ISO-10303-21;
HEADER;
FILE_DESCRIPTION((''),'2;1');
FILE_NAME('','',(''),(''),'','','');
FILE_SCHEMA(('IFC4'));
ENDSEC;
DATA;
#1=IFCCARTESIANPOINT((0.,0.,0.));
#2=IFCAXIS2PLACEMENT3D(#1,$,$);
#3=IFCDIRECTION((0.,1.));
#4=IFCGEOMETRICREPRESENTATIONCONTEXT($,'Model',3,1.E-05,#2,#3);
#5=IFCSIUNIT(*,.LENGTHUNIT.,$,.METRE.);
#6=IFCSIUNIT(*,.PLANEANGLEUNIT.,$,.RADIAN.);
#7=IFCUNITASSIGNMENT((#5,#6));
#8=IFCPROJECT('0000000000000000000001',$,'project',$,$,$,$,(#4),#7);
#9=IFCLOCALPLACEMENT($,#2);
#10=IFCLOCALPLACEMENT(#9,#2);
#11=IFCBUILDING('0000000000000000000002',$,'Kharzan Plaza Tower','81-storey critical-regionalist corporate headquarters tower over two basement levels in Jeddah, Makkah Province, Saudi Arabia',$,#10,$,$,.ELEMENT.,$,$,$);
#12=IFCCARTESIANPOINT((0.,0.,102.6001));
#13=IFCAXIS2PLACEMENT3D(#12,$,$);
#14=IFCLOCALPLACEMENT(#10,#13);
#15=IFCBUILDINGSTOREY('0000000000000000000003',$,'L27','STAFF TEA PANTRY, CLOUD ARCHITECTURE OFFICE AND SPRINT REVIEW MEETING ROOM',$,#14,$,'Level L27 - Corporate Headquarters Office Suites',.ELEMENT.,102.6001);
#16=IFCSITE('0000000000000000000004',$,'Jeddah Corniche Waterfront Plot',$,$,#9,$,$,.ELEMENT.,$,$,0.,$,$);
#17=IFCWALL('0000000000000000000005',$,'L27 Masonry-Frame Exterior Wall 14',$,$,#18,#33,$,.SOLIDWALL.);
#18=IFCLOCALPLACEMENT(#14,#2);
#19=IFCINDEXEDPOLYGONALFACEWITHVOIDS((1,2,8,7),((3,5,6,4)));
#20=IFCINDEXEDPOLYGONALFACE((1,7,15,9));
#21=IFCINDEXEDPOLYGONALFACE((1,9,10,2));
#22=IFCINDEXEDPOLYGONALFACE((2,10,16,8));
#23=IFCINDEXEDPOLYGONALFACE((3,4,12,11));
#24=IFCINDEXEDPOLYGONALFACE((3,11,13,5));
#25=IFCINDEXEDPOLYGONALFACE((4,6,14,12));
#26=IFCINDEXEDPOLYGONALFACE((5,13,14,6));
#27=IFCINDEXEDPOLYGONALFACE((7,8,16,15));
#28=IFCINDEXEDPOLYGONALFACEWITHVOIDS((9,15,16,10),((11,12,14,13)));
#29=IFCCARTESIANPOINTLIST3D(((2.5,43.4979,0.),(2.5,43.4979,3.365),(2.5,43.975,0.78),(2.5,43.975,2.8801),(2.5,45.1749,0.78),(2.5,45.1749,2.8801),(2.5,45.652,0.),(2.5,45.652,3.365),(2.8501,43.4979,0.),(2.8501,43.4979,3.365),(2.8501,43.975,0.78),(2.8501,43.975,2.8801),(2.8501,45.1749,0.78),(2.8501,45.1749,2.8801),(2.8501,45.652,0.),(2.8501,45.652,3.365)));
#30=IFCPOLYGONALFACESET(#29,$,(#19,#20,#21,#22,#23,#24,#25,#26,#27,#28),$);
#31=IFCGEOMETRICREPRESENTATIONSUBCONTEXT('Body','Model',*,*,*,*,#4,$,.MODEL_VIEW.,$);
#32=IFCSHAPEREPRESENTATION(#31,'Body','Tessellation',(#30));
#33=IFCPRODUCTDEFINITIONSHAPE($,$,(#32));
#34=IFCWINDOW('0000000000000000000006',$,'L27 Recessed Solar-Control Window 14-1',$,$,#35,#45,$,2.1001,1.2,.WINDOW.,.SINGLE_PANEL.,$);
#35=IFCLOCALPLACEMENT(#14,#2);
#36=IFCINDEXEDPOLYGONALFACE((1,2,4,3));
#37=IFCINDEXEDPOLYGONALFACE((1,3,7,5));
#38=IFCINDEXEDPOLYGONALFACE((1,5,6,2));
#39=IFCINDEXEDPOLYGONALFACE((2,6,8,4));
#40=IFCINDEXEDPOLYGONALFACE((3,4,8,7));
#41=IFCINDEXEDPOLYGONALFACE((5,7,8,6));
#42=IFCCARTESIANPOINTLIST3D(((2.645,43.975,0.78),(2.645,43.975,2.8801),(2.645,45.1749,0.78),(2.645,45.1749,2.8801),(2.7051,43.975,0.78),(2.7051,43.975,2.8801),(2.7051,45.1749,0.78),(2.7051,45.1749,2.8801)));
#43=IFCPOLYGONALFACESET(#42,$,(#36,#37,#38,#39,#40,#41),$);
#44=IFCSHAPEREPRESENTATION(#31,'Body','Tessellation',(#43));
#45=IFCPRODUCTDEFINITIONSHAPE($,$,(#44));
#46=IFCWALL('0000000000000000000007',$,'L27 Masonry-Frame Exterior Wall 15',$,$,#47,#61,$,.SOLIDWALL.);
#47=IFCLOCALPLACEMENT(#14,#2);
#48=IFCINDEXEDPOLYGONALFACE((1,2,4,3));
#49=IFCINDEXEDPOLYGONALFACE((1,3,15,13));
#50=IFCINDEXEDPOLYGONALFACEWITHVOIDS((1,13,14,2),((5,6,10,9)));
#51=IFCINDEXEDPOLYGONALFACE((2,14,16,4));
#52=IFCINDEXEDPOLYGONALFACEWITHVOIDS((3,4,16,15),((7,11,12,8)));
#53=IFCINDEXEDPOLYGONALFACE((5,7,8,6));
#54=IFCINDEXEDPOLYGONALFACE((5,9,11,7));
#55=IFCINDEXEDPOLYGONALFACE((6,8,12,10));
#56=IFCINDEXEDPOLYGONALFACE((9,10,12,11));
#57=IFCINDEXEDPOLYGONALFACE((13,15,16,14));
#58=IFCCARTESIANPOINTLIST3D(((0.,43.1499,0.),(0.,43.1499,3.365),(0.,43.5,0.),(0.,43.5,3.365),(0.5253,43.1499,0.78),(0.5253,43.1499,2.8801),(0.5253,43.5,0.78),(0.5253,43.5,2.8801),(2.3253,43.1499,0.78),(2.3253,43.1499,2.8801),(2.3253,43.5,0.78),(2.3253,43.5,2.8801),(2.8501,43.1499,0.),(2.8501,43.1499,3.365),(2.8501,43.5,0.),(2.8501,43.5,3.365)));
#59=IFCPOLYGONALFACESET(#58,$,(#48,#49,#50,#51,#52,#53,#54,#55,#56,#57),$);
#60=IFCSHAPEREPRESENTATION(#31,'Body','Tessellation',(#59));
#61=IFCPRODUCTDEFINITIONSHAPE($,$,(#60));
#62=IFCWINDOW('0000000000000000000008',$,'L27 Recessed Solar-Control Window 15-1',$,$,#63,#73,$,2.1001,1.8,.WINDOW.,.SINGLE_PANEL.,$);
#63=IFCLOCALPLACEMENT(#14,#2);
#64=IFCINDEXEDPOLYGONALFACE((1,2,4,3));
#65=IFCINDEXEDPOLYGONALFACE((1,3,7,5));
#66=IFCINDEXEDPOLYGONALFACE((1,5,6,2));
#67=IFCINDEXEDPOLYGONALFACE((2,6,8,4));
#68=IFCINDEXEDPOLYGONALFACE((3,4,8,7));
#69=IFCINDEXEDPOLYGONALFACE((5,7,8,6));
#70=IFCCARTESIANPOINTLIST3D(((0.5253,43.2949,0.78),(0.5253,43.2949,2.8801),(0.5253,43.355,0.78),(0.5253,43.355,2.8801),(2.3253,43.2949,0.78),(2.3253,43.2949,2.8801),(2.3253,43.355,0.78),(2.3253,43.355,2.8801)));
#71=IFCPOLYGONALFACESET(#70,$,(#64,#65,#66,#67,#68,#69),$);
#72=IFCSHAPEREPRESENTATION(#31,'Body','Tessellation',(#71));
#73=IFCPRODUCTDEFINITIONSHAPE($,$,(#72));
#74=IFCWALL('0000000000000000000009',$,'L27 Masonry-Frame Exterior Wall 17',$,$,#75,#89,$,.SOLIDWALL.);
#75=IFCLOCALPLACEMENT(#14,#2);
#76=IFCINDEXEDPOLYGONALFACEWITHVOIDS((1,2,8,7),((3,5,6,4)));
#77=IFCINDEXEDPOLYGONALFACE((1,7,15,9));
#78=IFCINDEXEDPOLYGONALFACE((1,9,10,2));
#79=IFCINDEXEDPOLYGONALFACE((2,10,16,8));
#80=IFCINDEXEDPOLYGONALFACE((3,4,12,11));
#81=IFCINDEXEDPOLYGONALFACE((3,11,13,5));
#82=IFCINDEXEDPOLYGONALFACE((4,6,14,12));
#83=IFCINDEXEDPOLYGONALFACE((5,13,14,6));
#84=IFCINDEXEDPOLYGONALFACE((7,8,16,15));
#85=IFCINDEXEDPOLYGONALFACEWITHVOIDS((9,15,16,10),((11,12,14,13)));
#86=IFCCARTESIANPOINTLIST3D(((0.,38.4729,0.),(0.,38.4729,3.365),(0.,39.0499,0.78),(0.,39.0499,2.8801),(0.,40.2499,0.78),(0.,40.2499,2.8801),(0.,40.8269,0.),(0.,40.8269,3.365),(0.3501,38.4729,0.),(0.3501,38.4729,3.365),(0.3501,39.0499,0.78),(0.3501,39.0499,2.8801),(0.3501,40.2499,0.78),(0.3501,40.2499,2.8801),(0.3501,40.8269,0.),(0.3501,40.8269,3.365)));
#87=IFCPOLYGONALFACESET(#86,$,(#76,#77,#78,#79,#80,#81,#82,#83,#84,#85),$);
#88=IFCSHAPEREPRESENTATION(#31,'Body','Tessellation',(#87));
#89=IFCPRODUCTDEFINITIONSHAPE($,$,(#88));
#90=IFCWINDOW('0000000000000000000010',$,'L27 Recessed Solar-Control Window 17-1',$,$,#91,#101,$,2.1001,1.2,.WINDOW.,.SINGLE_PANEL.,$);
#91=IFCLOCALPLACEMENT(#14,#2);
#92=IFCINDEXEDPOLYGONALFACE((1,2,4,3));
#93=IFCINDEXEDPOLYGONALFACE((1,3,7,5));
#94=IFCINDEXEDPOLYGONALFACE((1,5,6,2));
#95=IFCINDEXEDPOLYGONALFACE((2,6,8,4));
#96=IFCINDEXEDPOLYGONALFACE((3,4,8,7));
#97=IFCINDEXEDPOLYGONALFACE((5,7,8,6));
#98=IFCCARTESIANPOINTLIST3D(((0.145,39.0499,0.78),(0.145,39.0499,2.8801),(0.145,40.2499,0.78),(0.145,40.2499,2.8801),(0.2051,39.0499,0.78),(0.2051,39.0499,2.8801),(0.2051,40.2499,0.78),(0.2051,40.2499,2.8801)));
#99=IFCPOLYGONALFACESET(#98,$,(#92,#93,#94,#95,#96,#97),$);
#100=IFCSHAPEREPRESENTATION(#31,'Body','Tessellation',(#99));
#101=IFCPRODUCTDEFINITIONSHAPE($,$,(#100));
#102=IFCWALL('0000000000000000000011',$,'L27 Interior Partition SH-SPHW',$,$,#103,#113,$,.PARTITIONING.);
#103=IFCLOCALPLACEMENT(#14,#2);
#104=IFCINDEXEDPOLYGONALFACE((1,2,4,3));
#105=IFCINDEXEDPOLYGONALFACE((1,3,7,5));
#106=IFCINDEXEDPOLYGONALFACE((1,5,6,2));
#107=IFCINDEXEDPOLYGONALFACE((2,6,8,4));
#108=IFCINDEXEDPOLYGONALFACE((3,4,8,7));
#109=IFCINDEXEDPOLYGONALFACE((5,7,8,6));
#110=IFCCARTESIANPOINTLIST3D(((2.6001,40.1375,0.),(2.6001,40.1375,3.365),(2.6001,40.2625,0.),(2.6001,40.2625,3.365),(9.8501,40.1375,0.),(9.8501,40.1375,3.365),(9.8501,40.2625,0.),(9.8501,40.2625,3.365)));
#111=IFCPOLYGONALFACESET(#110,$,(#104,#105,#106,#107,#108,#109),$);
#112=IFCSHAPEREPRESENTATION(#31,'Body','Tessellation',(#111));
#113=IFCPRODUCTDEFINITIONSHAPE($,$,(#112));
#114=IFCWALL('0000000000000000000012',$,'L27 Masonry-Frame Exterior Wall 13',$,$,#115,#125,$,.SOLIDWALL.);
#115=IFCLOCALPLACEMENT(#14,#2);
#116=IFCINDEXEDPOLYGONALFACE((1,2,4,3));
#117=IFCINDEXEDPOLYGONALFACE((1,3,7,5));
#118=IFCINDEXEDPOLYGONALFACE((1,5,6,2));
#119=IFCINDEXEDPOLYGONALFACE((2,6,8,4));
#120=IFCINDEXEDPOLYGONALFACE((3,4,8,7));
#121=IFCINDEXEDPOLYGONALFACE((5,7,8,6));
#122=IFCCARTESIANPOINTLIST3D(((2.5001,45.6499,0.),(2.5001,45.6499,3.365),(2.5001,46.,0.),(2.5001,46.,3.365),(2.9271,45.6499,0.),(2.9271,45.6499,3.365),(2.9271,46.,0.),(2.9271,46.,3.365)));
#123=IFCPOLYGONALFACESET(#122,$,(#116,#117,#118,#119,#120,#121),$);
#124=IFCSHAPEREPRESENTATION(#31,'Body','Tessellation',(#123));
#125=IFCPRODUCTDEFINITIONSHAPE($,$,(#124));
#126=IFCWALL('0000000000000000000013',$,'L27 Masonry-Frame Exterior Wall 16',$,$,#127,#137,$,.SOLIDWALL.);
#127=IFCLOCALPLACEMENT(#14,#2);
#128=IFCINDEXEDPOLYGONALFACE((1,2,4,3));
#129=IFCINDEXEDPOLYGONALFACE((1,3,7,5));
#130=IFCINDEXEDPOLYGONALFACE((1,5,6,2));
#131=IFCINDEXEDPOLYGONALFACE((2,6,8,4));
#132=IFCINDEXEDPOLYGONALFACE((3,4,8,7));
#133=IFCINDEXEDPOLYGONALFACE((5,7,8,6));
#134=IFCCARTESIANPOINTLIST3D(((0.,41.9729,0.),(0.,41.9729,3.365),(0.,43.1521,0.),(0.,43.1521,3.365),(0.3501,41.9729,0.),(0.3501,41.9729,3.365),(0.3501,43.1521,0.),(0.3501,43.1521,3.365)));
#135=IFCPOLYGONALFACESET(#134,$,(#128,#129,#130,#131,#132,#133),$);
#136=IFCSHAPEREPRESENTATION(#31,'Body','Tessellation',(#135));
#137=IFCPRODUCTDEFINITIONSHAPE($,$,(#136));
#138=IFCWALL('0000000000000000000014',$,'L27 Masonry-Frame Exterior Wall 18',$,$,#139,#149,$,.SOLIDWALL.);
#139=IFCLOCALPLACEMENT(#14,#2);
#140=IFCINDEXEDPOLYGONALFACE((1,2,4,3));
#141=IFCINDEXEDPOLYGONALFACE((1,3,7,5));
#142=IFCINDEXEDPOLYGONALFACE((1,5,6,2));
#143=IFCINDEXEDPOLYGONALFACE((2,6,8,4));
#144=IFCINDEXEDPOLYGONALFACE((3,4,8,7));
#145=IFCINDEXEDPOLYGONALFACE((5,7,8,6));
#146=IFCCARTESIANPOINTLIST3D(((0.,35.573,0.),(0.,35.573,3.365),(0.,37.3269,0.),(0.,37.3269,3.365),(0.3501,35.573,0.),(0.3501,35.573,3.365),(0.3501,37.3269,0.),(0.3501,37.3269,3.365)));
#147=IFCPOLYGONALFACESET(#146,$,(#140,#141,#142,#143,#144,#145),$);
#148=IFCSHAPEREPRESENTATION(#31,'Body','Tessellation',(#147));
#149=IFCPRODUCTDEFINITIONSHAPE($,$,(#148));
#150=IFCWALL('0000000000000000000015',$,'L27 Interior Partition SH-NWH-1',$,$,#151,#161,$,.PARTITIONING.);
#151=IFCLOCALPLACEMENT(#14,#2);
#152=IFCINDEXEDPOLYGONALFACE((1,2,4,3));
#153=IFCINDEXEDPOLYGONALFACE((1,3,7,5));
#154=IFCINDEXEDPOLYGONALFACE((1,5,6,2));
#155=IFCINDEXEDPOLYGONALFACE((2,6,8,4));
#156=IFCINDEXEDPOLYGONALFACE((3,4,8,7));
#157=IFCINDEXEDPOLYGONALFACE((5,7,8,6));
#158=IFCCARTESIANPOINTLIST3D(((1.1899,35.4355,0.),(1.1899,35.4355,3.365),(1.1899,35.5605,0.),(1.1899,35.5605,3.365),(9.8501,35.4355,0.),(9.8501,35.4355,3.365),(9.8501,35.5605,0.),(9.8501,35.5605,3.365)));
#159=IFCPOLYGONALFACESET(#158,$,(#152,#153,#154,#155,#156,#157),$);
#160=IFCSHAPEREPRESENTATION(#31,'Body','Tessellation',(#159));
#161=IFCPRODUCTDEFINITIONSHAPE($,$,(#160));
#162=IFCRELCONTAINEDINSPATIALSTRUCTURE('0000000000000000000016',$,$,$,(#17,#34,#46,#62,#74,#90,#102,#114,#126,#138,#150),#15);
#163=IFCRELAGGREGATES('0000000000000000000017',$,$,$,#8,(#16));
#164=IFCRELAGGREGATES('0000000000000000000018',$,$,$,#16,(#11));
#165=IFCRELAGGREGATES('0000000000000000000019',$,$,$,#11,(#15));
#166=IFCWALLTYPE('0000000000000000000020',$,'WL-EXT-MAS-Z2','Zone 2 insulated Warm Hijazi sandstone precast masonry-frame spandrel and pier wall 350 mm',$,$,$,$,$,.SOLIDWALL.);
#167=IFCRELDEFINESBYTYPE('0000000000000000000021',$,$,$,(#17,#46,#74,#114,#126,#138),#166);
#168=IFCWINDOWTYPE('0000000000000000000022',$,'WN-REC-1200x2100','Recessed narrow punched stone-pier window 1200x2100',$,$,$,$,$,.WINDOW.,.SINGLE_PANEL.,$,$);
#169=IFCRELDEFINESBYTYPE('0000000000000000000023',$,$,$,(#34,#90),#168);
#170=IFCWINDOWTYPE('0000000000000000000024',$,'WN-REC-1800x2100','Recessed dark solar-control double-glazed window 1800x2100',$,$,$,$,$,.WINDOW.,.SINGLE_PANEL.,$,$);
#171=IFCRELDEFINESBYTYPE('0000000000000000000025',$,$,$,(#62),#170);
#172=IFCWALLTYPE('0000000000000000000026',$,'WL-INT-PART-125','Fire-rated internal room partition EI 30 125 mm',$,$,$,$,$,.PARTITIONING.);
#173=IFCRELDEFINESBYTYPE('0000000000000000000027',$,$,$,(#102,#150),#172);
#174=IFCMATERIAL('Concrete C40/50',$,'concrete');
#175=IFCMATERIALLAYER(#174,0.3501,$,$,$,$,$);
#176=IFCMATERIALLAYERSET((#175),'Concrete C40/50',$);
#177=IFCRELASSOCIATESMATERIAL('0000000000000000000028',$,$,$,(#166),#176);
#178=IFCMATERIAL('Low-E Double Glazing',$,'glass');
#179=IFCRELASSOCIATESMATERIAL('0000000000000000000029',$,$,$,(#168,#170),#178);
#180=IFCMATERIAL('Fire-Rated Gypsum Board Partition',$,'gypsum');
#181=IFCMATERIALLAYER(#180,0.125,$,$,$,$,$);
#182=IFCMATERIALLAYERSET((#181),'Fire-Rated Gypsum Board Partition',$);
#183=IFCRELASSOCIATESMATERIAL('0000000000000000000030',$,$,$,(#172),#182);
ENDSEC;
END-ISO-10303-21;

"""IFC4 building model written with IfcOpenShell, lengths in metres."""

from ifc_helpers import new_model, si_unit, direction, frame, frame_2d, origin, place, context, subcontext, project, spatial, rectangle, extrude, source, transform, mapped, material, layer, layer_set, type_object, element, fill, save


model = new_model("IFC4")

# Units and contexts
model_context = context("Model", 3, precision=1e-05, world=origin(), true_north=direction((0.0, 1.0)))
body_context = subcontext(model_context, "Body", "Model", "MODEL_VIEW")
ifc_project = project(units=[si_unit("LENGTHUNIT", "METRE"), si_unit("PLANEANGLEUNIT", "RADIAN")], contexts=[model_context])

# Site, building, storey
site_placement = place(None, origin())
site = spatial("IfcSite", under=ifc_project, at=site_placement, Name="Jeddah Corniche Waterfront Plot", CompositionType="ELEMENT", RefElevation=0.0)
building_placement = place(site_placement, origin())
building = spatial("IfcBuilding", under=site, at=building_placement, Name="Kharzan Plaza Tower", Description="81-storey critical-regionalist corporate headquarters tower over two basement levels in Jeddah, Makkah Province, Saudi Arabia", CompositionType="ELEMENT")
storey_placement = place(building_placement, frame((0.0, 0.0, 102.6001)))
storey = spatial("IfcBuildingStorey", under=building, at=storey_placement, Name="L27", Description="STAFF TEA PANTRY, CLOUD ARCHITECTURE OFFICE AND SPRINT REVIEW MEETING ROOM", LongName="Level L27 - Corporate Headquarters Office Suites", CompositionType="ELEMENT", Elevation=102.6001)

# Walls, openings, windows
ifc_material_1 = material(Name="Concrete C40/50", Category="concrete")
ifc_layer_1 = layer(ifc_material_1, 0.3501)
ifc_layer_set_1 = layer_set([ifc_layer_1], Name="Concrete C40/50")
wall_type_1 = type_object("IfcWallType", Name="WL-EXT-MAS-Z2", Description="Zone 2 insulated Warm Hijazi sandstone precast masonry-frame spandrel and pier wall 350 mm", PredefinedType="SOLIDWALL", material=ifc_layer_set_1)
wall_1_placement = place(storey_placement, frame((2.675, 45.6521, 0.0), z_axis=(0.0, 0.0, 1.0), x_axis=(0.0, -1.0, 0.0)))
wall_1 = element("IfcWall", 1, at=wall_1_placement, inside=storey, type_object=wall_type_1, Name="L27 Masonry-Frame Exterior Wall 14", PredefinedType="SOLIDWALL", context=body_context, shape_type="SweptSolid", body=[
    extrude(rectangle(XDim=2.1541, YDim=0.3501, at=frame_2d((1.0771, 0.0))), origin(), (0.0, 0.0, 1.0), 3.365),
])
opening_1_placement = place(wall_1_placement, frame((0.4771, 0.0, 0.78)))
opening_1 = element("IfcOpeningElement", 2, at=opening_1_placement, cuts=wall_1, PredefinedType="OPENING", context=body_context, shape_type="SweptSolid", body=[
    extrude(rectangle(XDim=1.2, YDim=2.1001, at=frame_2d((0.6001, 1.05))), frame((0.0, 0.1851, 0.0), z_axis=(0.0, -1.0, 0.0), x_axis=(1.0, 0.0, 0.0)), (0.0, 0.0, 1.0), 0.3701),
])
ifc_material_2 = material(Name="Low-E Double Glazing", Category="glass")
window_type_1 = type_object("IfcWindowType", Name="WN-REC-1200x2100", Description="Recessed narrow punched stone-pier window 1200x2100", PartitioningType="SINGLE_PANEL", PredefinedType="WINDOW", material=ifc_material_2)
shared_shape_1 = source(origin(), body_context, "Body", "SweptSolid", [
    extrude(rectangle(XDim=1.2, YDim=2.1001, at=frame_2d((0.6001, 1.05))), frame((0.0, 0.03, 0.0), z_axis=(0.0, -1.0, 0.0), x_axis=(1.0, 0.0, 0.0)), (0.0, 0.0, 1.0), 0.0601),
])
window_1_placement = place(opening_1_placement, origin())
window_1 = element("IfcWindow", 3, at=window_1_placement, inside=storey, type_object=window_type_1, Name="L27 Recessed Solar-Control Window 14-1", OverallHeight=2.1001, OverallWidth=1.2, PartitioningType="SINGLE_PANEL", PredefinedType="WINDOW", context=body_context, shape_type="MappedRepresentation", body=[
    mapped(shared_shape_1, transform((0.0, 0.0, 0.0), x_axis=(1.0, 0.0, 0.0), y_axis=(0.0, 1.0, 0.0), z_axis=(0.0, 0.0, 1.0))),
])
fill(opening_1, window_1)
wall_2_placement = place(storey_placement, frame((2.8501, 43.325, 0.0), z_axis=(0.0, 0.0, 1.0), x_axis=(-1.0, 0.0, 0.0)))
wall_2 = element("IfcWall", 4, at=wall_2_placement, inside=storey, type_object=wall_type_1, Name="L27 Masonry-Frame Exterior Wall 15", PredefinedType="SOLIDWALL", context=body_context, shape_type="SweptSolid", body=[
    extrude(rectangle(XDim=2.8501, YDim=0.3501, at=frame_2d((1.425, 0.0))), origin(), (0.0, 0.0, 1.0), 3.365),
])
opening_2_placement = place(wall_2_placement, frame((0.5249, 0.0, 0.78)))
opening_2 = element("IfcOpeningElement", 5, at=opening_2_placement, cuts=wall_2, PredefinedType="OPENING", context=body_context, shape_type="SweptSolid", body=[
    extrude(rectangle(XDim=1.8, YDim=2.1001, at=frame_2d((0.8999, 1.05))), frame((0.0, 0.1851, 0.0), z_axis=(0.0, -1.0, 0.0), x_axis=(1.0, 0.0, 0.0)), (0.0, 0.0, 1.0), 0.3701),
])
window_type_2 = type_object("IfcWindowType", Name="WN-REC-1800x2100", Description="Recessed dark solar-control double-glazed window 1800x2100", PartitioningType="SINGLE_PANEL", PredefinedType="WINDOW", material=ifc_material_2)
shared_shape_2 = source(origin(), body_context, "Body", "SweptSolid", [
    extrude(rectangle(XDim=1.8, YDim=2.1001, at=frame_2d((0.8999, 1.05))), frame((0.0, 0.03, 0.0), z_axis=(0.0, -1.0, 0.0), x_axis=(1.0, 0.0, 0.0)), (0.0, 0.0, 1.0), 0.0601),
])
window_2_placement = place(opening_2_placement, origin())
window_2 = element("IfcWindow", 6, at=window_2_placement, inside=storey, type_object=window_type_2, Name="L27 Recessed Solar-Control Window 15-1", OverallHeight=2.1001, OverallWidth=1.8, PartitioningType="SINGLE_PANEL", PredefinedType="WINDOW", context=body_context, shape_type="MappedRepresentation", body=[
    mapped(shared_shape_2, transform((0.0, 0.0, 0.0), x_axis=(1.0, 0.0, 0.0), y_axis=(0.0, 1.0, 0.0), z_axis=(0.0, 0.0, 1.0))),
])
fill(opening_2, window_2)
wall_3_placement = place(storey_placement, frame((0.175, 40.8269, 0.0), z_axis=(0.0, 0.0, 1.0), x_axis=(0.0, -1.0, 0.0)))
wall_3 = element("IfcWall", 7, at=wall_3_placement, inside=storey, type_object=wall_type_1, Name="L27 Masonry-Frame Exterior Wall 17", PredefinedType="SOLIDWALL", context=body_context, shape_type="SweptSolid", body=[
    extrude(rectangle(XDim=2.354, YDim=0.3501, at=frame_2d((1.177, 0.0))), origin(), (0.0, 0.0, 1.0), 3.365),
])
opening_3_placement = place(wall_3_placement, frame((0.5769, 0.0, 0.78)))
opening_3 = element("IfcOpeningElement", 8, at=opening_3_placement, cuts=wall_3, PredefinedType="OPENING", context=body_context, shape_type="SweptSolid", body=[
    extrude(rectangle(XDim=1.2, YDim=2.1001, at=frame_2d((0.6001, 1.05))), frame((0.0, 0.1851, 0.0), z_axis=(0.0, -1.0, 0.0), x_axis=(1.0, 0.0, 0.0)), (0.0, 0.0, 1.0), 0.3701),
])
window_3_placement = place(opening_3_placement, origin())
window_3 = element("IfcWindow", 9, at=window_3_placement, inside=storey, type_object=window_type_1, Name="L27 Recessed Solar-Control Window 17-1", OverallHeight=2.1001, OverallWidth=1.2, PartitioningType="SINGLE_PANEL", PredefinedType="WINDOW", context=body_context, shape_type="MappedRepresentation", body=[
    mapped(shared_shape_1, transform((0.0, 0.0, 0.0), x_axis=(1.0, 0.0, 0.0), y_axis=(0.0, 1.0, 0.0), z_axis=(0.0, 0.0, 1.0))),
])
fill(opening_3, window_3)

# Walls
ifc_material_3 = material(Name="Fire-Rated Gypsum Board Partition", Category="gypsum")
ifc_layer_2 = layer(ifc_material_3, 0.125)
ifc_layer_set_2 = layer_set([ifc_layer_2], Name="Fire-Rated Gypsum Board Partition")
wall_type_2 = type_object("IfcWallType", Name="WL-INT-PART-125", Description="Fire-rated internal room partition EI 30 125 mm", PredefinedType="PARTITIONING", material=ifc_layer_set_2)
shared_shape_3 = source(origin(), body_context, "Body", "SweptSolid", [
    extrude(rectangle(XDim=7.25, YDim=0.125, at=frame_2d((3.625, 0.0))), origin(), (0.0, 0.0, 1.0), 3.365),
])
wall_4_placement = place(storey_placement, frame((2.6001, 40.2, 0.0), z_axis=(0.0, 0.0, 1.0), x_axis=(1.0, 0.0, 0.0)))
element("IfcWall", 10, at=wall_4_placement, inside=storey, type_object=wall_type_2, Name="L27 Interior Partition SH-SPHW", PredefinedType="PARTITIONING", context=body_context, shape_type="MappedRepresentation", body=[
    mapped(shared_shape_3, transform((0.0, 0.0, 0.0), x_axis=(1.0, 0.0, 0.0), y_axis=(0.0, 1.0, 0.0), z_axis=(0.0, 0.0, 1.0))),
])
shared_shape_4 = source(origin(), body_context, "Body", "SweptSolid", [
    extrude(rectangle(XDim=0.427, YDim=0.3501, at=frame_2d((0.2134, 0.0))), origin(), (0.0, 0.0, 1.0), 3.365),
])
wall_5_placement = place(storey_placement, frame((2.927, 45.825, 0.0), z_axis=(0.0, 0.0, 1.0), x_axis=(-1.0, 0.0, 0.0)))
element("IfcWall", 11, at=wall_5_placement, inside=storey, type_object=wall_type_1, Name="L27 Masonry-Frame Exterior Wall 13", PredefinedType="SOLIDWALL", context=body_context, shape_type="MappedRepresentation", body=[
    mapped(shared_shape_4, transform((0.0, 0.0, 0.0), x_axis=(1.0, 0.0, 0.0), y_axis=(0.0, 1.0, 0.0), z_axis=(0.0, 0.0, 1.0))),
])
shared_shape_5 = source(origin(), body_context, "Body", "SweptSolid", [
    extrude(rectangle(XDim=1.1792, YDim=0.3501, at=frame_2d((0.5896, 0.0))), origin(), (0.0, 0.0, 1.0), 3.365),
])
wall_6_placement = place(storey_placement, frame((0.175, 43.1521, 0.0), z_axis=(0.0, 0.0, 1.0), x_axis=(0.0, -1.0, 0.0)))
element("IfcWall", 12, at=wall_6_placement, inside=storey, type_object=wall_type_1, Name="L27 Masonry-Frame Exterior Wall 16", PredefinedType="SOLIDWALL", context=body_context, shape_type="MappedRepresentation", body=[
    mapped(shared_shape_5, transform((0.0, 0.0, 0.0), x_axis=(1.0, 0.0, 0.0), y_axis=(0.0, 1.0, 0.0), z_axis=(0.0, 0.0, 1.0))),
])
shared_shape_6 = source(origin(), body_context, "Body", "SweptSolid", [
    extrude(rectangle(XDim=1.7539, YDim=0.3501, at=frame_2d((0.877, 0.0))), origin(), (0.0, 0.0, 1.0), 3.365),
])
wall_7_placement = place(storey_placement, frame((0.175, 37.3269, 0.0), z_axis=(0.0, 0.0, 1.0), x_axis=(0.0, -1.0, 0.0)))
element("IfcWall", 13, at=wall_7_placement, inside=storey, type_object=wall_type_1, Name="L27 Masonry-Frame Exterior Wall 18", PredefinedType="SOLIDWALL", context=body_context, shape_type="MappedRepresentation", body=[
    mapped(shared_shape_6, transform((0.0, 0.0, 0.0), x_axis=(1.0, 0.0, 0.0), y_axis=(0.0, 1.0, 0.0), z_axis=(0.0, 0.0, 1.0))),
])
shared_shape_7 = source(origin(), body_context, "Body", "SweptSolid", [
    extrude(rectangle(XDim=8.6602, YDim=0.125, at=frame_2d((4.3301, 0.0))), origin(), (0.0, 0.0, 1.0), 3.365),
])
wall_8_placement = place(storey_placement, frame((1.1899, 35.498, 0.0), z_axis=(0.0, 0.0, 1.0), x_axis=(1.0, 0.0, 0.0)))
element("IfcWall", 14, at=wall_8_placement, inside=storey, type_object=wall_type_2, Name="L27 Interior Partition SH-NWH-1", PredefinedType="PARTITIONING", context=body_context, shape_type="MappedRepresentation", body=[
    mapped(shared_shape_7, transform((0.0, 0.0, 0.0), x_axis=(1.0, 0.0, 0.0), y_axis=(0.0, 1.0, 0.0), z_axis=(0.0, 0.0, 1.0))),
])

save(model, "model.ifc")
